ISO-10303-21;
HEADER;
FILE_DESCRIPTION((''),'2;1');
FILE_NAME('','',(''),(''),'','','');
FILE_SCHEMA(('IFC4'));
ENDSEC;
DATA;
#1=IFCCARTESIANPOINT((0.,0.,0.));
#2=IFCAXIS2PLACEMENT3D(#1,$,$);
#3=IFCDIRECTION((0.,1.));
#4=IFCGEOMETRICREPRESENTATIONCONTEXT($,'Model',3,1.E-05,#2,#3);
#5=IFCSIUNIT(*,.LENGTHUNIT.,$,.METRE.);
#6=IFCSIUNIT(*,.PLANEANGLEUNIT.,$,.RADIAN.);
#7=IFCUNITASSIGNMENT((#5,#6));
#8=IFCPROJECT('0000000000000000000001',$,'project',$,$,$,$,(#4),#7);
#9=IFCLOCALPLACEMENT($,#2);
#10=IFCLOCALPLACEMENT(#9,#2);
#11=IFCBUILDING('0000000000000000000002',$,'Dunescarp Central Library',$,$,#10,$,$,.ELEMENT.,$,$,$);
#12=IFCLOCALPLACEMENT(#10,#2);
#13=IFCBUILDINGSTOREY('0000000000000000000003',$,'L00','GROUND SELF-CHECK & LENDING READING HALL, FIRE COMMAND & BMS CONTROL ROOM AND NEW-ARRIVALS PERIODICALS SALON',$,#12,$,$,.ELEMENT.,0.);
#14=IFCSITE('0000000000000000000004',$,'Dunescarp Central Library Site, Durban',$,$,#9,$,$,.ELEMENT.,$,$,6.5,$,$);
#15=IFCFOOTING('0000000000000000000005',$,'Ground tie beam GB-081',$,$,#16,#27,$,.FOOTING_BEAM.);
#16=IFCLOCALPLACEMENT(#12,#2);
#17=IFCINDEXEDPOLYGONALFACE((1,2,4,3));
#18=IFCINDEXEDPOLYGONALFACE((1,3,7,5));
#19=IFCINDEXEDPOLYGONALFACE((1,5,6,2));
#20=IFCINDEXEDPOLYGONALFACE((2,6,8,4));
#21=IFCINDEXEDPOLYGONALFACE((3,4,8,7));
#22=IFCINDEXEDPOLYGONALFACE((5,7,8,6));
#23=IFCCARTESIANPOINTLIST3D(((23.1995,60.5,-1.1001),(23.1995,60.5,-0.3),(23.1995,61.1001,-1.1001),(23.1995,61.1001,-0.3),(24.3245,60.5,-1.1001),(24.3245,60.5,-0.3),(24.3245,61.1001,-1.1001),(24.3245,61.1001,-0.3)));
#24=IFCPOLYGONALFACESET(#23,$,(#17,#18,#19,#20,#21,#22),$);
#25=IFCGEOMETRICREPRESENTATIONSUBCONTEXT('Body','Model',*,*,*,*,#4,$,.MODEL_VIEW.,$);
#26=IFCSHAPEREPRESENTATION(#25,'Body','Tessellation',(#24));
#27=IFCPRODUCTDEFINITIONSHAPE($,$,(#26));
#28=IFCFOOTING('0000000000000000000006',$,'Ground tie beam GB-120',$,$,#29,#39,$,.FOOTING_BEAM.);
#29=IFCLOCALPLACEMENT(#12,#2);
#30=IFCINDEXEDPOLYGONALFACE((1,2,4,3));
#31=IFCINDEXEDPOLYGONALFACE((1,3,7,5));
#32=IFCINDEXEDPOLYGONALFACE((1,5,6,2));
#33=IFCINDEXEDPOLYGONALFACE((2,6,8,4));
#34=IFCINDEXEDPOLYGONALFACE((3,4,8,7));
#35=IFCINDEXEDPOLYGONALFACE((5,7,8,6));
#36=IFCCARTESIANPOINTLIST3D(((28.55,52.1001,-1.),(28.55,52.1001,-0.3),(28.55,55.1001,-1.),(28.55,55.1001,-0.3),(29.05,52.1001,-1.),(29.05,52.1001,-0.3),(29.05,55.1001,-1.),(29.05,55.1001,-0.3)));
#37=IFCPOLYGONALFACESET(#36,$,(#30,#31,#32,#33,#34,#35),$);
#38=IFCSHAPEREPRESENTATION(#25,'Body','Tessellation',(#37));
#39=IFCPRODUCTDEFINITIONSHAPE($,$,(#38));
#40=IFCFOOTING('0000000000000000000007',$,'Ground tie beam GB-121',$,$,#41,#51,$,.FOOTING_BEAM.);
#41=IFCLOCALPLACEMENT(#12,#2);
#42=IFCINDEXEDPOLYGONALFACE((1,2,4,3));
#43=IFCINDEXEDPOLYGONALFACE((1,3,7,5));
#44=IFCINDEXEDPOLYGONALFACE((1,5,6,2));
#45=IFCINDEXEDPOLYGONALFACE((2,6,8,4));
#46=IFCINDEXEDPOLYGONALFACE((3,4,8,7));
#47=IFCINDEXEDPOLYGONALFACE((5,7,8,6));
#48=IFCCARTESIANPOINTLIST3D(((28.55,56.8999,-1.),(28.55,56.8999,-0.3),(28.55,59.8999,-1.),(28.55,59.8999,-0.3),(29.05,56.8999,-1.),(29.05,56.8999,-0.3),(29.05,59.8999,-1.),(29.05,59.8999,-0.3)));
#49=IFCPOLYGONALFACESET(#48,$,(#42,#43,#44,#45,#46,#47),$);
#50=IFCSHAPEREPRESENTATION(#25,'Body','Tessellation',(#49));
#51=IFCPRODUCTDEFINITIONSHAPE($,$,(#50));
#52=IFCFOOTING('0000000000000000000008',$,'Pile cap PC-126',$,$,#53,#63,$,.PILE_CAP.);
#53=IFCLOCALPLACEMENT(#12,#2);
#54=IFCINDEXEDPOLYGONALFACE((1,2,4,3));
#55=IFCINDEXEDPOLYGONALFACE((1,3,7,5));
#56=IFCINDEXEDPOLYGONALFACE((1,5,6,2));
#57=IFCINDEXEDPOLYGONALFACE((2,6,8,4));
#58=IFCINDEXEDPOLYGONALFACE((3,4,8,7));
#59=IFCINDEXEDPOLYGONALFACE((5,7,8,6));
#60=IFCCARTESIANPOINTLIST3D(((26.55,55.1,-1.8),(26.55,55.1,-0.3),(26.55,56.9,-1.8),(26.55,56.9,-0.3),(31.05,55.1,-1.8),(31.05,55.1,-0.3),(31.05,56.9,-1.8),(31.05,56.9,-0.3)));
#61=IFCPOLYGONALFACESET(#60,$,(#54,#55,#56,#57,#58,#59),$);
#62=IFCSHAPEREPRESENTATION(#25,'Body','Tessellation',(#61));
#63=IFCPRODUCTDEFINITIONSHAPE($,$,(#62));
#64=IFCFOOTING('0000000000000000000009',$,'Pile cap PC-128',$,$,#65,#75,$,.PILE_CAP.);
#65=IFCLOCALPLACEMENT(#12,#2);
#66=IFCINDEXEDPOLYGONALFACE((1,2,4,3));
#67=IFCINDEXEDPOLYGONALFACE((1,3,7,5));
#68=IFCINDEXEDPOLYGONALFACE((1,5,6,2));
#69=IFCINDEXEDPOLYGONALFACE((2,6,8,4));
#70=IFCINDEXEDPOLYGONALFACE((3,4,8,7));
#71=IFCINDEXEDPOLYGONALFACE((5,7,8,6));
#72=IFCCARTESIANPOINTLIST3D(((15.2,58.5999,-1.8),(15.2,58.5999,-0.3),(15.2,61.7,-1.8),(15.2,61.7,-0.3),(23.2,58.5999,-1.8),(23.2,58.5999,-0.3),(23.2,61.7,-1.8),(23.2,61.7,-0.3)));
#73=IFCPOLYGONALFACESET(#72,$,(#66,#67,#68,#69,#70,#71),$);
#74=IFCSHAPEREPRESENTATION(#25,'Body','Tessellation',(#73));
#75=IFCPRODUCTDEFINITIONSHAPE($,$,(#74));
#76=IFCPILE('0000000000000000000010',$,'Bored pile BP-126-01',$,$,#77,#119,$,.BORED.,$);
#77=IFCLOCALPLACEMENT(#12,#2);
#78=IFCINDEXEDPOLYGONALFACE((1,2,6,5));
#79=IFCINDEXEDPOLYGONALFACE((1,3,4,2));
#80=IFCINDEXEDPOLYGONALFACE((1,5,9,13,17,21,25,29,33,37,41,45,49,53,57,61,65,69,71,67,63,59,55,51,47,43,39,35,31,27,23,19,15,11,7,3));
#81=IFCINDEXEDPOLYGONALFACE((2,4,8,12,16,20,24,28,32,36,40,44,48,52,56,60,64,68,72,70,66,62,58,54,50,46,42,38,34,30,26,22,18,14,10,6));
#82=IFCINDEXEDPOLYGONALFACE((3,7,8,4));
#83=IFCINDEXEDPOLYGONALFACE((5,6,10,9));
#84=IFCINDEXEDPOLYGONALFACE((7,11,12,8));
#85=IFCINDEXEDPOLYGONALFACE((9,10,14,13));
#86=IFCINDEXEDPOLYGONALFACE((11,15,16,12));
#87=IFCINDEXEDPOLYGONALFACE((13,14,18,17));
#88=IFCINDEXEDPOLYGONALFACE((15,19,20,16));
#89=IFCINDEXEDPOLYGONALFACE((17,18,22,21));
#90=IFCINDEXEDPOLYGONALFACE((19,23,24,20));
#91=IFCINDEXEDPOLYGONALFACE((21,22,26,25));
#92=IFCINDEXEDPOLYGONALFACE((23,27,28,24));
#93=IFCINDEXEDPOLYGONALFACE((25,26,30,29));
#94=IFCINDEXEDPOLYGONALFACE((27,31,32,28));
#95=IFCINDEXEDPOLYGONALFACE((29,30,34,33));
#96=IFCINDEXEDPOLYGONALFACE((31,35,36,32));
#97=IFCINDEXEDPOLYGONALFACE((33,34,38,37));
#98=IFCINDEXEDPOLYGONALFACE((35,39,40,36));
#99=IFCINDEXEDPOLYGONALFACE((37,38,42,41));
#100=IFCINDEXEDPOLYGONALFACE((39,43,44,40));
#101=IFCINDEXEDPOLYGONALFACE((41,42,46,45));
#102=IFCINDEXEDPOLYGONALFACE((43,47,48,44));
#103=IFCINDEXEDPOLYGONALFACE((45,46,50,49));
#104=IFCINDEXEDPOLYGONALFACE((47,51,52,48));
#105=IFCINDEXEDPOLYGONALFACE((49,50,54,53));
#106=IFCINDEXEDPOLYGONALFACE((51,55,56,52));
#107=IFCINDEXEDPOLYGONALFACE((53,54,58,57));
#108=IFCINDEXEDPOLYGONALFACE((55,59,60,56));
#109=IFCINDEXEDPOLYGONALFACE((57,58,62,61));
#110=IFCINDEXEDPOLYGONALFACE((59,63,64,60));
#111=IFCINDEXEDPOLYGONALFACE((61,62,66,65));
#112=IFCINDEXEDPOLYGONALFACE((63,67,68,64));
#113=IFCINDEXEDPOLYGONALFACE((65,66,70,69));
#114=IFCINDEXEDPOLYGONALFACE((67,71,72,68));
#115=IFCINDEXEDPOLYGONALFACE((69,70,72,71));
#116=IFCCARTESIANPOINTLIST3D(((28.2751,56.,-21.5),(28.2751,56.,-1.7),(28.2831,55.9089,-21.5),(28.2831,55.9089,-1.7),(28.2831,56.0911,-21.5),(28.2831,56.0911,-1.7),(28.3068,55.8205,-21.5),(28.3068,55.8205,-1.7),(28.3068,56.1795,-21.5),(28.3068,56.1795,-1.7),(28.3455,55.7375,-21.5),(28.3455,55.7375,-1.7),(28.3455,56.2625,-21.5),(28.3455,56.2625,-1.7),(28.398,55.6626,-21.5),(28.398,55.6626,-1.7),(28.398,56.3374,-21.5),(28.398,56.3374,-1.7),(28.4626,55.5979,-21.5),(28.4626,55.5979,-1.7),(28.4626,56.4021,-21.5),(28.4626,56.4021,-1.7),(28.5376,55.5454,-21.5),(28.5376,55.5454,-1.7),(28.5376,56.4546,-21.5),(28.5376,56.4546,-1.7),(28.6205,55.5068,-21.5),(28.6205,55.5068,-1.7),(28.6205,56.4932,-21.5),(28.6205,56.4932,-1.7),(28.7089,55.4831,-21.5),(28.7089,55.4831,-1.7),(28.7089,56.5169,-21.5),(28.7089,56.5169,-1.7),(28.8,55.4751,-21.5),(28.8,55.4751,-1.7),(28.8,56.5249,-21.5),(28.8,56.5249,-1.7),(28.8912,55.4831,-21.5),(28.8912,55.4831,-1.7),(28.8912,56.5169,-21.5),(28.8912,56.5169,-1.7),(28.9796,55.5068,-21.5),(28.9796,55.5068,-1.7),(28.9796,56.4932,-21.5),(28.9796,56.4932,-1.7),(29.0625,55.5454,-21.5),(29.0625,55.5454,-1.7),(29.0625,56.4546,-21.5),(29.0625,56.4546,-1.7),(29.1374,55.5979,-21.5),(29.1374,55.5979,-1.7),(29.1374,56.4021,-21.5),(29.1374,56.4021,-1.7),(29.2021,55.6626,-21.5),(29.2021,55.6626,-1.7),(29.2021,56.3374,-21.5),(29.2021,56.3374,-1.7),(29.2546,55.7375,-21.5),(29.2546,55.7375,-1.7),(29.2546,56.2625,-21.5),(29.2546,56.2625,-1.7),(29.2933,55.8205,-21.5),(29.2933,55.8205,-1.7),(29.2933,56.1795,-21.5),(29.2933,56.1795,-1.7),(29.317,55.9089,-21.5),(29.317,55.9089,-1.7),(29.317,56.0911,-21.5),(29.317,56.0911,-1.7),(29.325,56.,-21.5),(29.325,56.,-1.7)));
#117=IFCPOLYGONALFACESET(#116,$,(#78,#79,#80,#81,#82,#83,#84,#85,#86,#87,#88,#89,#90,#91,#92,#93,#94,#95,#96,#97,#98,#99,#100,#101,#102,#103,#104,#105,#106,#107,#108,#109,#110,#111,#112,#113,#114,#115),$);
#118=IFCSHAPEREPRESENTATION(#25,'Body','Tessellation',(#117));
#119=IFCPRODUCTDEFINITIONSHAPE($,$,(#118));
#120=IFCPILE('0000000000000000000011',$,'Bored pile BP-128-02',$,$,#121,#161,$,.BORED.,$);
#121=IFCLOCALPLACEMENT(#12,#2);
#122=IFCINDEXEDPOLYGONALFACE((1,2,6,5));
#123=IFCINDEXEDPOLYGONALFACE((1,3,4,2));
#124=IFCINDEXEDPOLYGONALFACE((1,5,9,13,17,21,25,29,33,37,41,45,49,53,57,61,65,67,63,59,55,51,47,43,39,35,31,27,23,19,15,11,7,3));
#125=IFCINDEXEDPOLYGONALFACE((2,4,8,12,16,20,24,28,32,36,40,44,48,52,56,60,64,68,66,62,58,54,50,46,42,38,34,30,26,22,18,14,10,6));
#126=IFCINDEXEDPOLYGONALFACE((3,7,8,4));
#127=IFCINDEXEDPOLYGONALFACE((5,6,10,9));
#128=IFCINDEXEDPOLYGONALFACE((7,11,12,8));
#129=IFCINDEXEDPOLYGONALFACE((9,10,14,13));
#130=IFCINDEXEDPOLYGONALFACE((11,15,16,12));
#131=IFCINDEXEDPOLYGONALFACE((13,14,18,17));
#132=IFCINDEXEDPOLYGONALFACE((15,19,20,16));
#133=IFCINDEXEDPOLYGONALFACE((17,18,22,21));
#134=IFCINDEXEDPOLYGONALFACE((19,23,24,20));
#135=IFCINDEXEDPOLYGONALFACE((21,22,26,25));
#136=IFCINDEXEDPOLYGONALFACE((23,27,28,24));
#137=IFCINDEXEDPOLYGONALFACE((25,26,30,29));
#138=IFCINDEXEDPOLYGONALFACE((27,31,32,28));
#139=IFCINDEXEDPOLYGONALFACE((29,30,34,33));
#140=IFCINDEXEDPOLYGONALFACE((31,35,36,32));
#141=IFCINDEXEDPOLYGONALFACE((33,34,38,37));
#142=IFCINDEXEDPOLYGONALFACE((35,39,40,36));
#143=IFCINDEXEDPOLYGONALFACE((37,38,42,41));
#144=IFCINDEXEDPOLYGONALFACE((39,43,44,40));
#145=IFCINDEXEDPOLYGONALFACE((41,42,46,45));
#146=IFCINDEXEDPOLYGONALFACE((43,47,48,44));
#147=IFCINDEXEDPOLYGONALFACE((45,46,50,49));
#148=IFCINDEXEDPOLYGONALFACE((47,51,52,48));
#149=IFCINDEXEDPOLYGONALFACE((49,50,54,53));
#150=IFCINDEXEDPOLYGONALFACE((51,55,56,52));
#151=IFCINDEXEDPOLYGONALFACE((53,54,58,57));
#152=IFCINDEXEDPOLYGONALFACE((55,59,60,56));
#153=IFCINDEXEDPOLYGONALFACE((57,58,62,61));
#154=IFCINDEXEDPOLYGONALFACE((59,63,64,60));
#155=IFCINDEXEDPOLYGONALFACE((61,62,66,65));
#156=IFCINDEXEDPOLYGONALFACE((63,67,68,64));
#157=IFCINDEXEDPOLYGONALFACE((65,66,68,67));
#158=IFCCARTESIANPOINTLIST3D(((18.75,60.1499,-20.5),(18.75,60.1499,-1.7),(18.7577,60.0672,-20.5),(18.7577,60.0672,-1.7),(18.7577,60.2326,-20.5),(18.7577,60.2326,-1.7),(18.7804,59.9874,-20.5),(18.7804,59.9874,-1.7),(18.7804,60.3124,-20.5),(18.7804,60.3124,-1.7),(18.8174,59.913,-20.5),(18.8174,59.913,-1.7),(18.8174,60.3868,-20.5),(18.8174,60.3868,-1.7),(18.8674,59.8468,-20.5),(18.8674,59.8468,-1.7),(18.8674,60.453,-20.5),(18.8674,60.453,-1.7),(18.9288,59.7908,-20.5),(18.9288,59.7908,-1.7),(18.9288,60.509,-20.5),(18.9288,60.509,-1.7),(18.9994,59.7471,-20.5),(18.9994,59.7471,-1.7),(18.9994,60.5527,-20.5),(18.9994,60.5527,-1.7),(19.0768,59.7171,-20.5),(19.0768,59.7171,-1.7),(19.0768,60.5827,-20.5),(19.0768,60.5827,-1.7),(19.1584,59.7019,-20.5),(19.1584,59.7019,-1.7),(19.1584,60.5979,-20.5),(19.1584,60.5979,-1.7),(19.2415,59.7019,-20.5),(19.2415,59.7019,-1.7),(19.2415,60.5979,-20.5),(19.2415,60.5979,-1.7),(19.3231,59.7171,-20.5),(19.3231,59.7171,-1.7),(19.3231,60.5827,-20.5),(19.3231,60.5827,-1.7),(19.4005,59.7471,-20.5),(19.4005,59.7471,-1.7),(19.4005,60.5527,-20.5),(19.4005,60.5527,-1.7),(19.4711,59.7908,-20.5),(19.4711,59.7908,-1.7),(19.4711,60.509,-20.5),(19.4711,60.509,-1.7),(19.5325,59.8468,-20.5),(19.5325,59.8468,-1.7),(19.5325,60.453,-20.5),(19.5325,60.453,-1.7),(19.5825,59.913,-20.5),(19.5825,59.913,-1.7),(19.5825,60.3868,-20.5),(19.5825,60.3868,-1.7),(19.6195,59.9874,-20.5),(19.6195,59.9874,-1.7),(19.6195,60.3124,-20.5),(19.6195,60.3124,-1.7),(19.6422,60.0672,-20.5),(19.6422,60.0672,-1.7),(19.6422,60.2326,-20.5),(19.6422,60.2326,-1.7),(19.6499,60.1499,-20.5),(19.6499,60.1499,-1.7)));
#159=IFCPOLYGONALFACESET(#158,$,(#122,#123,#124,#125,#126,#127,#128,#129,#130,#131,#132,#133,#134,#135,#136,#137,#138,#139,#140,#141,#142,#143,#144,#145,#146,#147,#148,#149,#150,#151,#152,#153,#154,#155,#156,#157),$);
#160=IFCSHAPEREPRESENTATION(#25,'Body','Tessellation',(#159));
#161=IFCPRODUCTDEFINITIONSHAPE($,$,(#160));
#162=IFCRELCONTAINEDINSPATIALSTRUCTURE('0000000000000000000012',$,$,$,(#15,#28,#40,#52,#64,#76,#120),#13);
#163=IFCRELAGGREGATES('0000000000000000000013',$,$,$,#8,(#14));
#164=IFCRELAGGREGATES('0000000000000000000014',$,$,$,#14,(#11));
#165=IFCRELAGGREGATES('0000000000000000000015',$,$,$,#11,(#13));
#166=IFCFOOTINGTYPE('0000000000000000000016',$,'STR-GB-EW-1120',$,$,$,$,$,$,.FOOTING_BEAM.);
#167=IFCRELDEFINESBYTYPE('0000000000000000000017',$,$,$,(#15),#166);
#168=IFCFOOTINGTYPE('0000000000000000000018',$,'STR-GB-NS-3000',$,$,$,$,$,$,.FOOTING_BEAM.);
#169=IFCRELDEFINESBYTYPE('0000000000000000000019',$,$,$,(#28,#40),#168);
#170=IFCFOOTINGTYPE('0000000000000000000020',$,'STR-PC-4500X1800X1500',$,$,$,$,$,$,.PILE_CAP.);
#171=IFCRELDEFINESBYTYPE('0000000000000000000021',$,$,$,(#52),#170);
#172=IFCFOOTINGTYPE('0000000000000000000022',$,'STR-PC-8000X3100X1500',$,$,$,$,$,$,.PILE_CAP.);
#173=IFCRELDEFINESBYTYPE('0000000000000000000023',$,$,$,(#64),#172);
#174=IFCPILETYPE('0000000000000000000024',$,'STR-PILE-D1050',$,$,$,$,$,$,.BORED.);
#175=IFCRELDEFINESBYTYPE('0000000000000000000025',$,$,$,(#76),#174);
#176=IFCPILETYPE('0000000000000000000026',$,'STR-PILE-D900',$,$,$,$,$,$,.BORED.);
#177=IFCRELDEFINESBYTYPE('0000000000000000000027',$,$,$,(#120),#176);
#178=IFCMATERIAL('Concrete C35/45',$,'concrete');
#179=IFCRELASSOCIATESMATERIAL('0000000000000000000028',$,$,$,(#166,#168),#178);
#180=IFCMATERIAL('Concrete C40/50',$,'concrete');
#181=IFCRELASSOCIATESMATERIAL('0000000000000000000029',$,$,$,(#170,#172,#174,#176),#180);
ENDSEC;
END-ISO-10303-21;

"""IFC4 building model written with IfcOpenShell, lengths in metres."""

from ifc_helpers import new_model, si_unit, direction, frame, origin, origin_2d, place, context, subcontext, project, spatial, rectangle, circle, extrude, material, material_profile, profile_set, type_object, element, save


model = new_model("IFC4")

# Units and contexts
model_context = context("Model", 3, precision=1e-05, world=origin(), true_north=direction((0.0, 1.0)))
body_context = subcontext(model_context, "Body", "Model", "MODEL_VIEW")
ifc_project = project(units=[si_unit("LENGTHUNIT", "METRE"), si_unit("PLANEANGLEUNIT", "RADIAN")], contexts=[model_context])

# Site, building, storey
site_placement = place(None, origin())
site = spatial("IfcSite", under=ifc_project, at=site_placement, Name="Dunescarp Central Library Site, Durban", CompositionType="ELEMENT", RefElevation=6.5)
building_placement = place(site_placement, origin())
building = spatial("IfcBuilding", under=site, at=building_placement, Name="Dunescarp Central Library", CompositionType="ELEMENT")
storey_placement = place(building_placement, origin())
storey = spatial("IfcBuildingStorey", under=building, at=storey_placement, Name="L00", Description="GROUND SELF-CHECK & LENDING READING HALL, FIRE COMMAND & BMS CONTROL ROOM AND NEW-ARRIVALS PERIODICALS SALON", CompositionType="ELEMENT", Elevation=0.0)

# Footings
ifc_material_1 = material(Name="Concrete C35/45", Category="concrete")
footing_type_1 = type_object("IfcFootingType", Name="STR-GB-EW-1120", PredefinedType="FOOTING_BEAM", material=ifc_material_1)
footing_1_placement = place(storey_placement, frame((23.762, 60.8, -1.1001), z_axis=(0.0, 0.0, 1.0), x_axis=(1.0, 0.0, 0.0)))
element("IfcFooting", 1, at=footing_1_placement, inside=storey, type_object=footing_type_1, Name="Ground tie beam GB-081", PredefinedType="FOOTING_BEAM", context=body_context, shape_type="SweptSolid", body=[
    extrude(rectangle(XDim=1.125, YDim=0.6001, at=origin_2d()), origin(), (0.0, 0.0, 1.0), 0.8),
])
footing_type_2 = type_object("IfcFootingType", Name="STR-GB-NS-3000", PredefinedType="FOOTING_BEAM", material=ifc_material_1)
for number, where, z_axis, x_axis, name in (
    (2, (28.8, 53.6001, -1.0), (0.0, 0.0, 1.0), (0.0, 1.0, 0.0), "Ground tie beam GB-120"),
    (3, (28.8, 58.3999, -1.0), (0.0, 0.0, 1.0), (0.0, 1.0, 0.0), "Ground tie beam GB-121"),
):
    element("IfcFooting", number, at=place(storey_placement, frame(where, z_axis=z_axis, x_axis=x_axis)), inside=storey, type_object=footing_type_2, Name=name, PredefinedType="FOOTING_BEAM", context=body_context, shape_type="SweptSolid", body=[
        extrude(rectangle(XDim=3.0, YDim=0.5, at=origin_2d()), origin(), (0.0, 0.0, 1.0), 0.7),
    ])
ifc_material_2 = material(Name="Concrete C40/50", Category="concrete")
footing_type_3 = type_object("IfcFootingType", Name="STR-PC-4500X1800X1500", PredefinedType="PILE_CAP", material=ifc_material_2)
footing_2_placement = place(storey_placement, frame((28.8, 56.0, -1.8), z_axis=(0.0, 0.0, 1.0), x_axis=(1.0, 0.0, 0.0)))
element("IfcFooting", 4, at=footing_2_placement, inside=storey, type_object=footing_type_3, Name="Pile cap PC-126", PredefinedType="PILE_CAP", context=body_context, shape_type="SweptSolid", body=[
    extrude(rectangle(XDim=4.5, YDim=1.8, at=origin_2d()), origin(), (0.0, 0.0, 1.0), 1.5),
])
footing_type_4 = type_object("IfcFootingType", Name="STR-PC-8000X3100X1500", PredefinedType="PILE_CAP", material=ifc_material_2)
footing_3_placement = place(storey_placement, frame((19.2, 60.1499, -1.8), z_axis=(0.0, 0.0, 1.0), x_axis=(1.0, 0.0, 0.0)))
element("IfcFooting", 5, at=footing_3_placement, inside=storey, type_object=footing_type_4, Name="Pile cap PC-128", PredefinedType="PILE_CAP", context=body_context, shape_type="SweptSolid", body=[
    extrude(rectangle(XDim=8.0, YDim=3.1001, at=origin_2d()), origin(), (0.0, 0.0, 1.0), 1.5),
])

# Piles
ifc_material_profile_1 = material_profile(ifc_material_2, circle(Radius=0.5249, at=origin_2d()), Name="PILE D1050")
ifc_profile_set_1 = profile_set([ifc_material_profile_1], Name="Concrete C40/50")
pile_type_1 = type_object("IfcPileType", Name="STR-PILE-D1050", PredefinedType="BORED", material=ifc_profile_set_1)
pile_placement = place(storey_placement, frame((28.8, 56.0, -1.7), z_axis=(0.0, 0.0, -1.0), x_axis=(1.0, 0.0, 0.0)))
element("IfcPile", 6, at=pile_placement, inside=storey, type_object=pile_type_1, Name="Bored pile BP-126-01", PredefinedType="BORED", context=body_context, shape_type="SweptSolid", body=[
    extrude(circle(Radius=0.5249, at=origin_2d()), origin(), (0.0, 0.0, 1.0), 19.8),
])
ifc_material_profile_2 = material_profile(ifc_material_2, circle(Radius=0.45, at=origin_2d()), Name="PILE D900")
ifc_profile_set_2 = profile_set([ifc_material_profile_2], Name="Concrete C40/50")
pile_type_2 = type_object("IfcPileType", Name="STR-PILE-D900", PredefinedType="BORED", material=ifc_profile_set_2)
for number, where, z_axis, x_axis, name in (
    (7, (19.2, 60.1499, -1.7), (0.0, 0.0, -1.0), (1.0, 0.0, 0.0), "Bored pile BP-128-02"),
):
    element("IfcPile", number, at=place(storey_placement, frame(where, z_axis=z_axis, x_axis=x_axis)), inside=storey, type_object=pile_type_2, Name=name, PredefinedType="BORED", context=body_context, shape_type="SweptSolid", body=[
        extrude(circle(Radius=0.45, at=origin_2d()), origin(), (0.0, 0.0, 1.0), 18.8),
    ])

save(model, "model.ifc")
